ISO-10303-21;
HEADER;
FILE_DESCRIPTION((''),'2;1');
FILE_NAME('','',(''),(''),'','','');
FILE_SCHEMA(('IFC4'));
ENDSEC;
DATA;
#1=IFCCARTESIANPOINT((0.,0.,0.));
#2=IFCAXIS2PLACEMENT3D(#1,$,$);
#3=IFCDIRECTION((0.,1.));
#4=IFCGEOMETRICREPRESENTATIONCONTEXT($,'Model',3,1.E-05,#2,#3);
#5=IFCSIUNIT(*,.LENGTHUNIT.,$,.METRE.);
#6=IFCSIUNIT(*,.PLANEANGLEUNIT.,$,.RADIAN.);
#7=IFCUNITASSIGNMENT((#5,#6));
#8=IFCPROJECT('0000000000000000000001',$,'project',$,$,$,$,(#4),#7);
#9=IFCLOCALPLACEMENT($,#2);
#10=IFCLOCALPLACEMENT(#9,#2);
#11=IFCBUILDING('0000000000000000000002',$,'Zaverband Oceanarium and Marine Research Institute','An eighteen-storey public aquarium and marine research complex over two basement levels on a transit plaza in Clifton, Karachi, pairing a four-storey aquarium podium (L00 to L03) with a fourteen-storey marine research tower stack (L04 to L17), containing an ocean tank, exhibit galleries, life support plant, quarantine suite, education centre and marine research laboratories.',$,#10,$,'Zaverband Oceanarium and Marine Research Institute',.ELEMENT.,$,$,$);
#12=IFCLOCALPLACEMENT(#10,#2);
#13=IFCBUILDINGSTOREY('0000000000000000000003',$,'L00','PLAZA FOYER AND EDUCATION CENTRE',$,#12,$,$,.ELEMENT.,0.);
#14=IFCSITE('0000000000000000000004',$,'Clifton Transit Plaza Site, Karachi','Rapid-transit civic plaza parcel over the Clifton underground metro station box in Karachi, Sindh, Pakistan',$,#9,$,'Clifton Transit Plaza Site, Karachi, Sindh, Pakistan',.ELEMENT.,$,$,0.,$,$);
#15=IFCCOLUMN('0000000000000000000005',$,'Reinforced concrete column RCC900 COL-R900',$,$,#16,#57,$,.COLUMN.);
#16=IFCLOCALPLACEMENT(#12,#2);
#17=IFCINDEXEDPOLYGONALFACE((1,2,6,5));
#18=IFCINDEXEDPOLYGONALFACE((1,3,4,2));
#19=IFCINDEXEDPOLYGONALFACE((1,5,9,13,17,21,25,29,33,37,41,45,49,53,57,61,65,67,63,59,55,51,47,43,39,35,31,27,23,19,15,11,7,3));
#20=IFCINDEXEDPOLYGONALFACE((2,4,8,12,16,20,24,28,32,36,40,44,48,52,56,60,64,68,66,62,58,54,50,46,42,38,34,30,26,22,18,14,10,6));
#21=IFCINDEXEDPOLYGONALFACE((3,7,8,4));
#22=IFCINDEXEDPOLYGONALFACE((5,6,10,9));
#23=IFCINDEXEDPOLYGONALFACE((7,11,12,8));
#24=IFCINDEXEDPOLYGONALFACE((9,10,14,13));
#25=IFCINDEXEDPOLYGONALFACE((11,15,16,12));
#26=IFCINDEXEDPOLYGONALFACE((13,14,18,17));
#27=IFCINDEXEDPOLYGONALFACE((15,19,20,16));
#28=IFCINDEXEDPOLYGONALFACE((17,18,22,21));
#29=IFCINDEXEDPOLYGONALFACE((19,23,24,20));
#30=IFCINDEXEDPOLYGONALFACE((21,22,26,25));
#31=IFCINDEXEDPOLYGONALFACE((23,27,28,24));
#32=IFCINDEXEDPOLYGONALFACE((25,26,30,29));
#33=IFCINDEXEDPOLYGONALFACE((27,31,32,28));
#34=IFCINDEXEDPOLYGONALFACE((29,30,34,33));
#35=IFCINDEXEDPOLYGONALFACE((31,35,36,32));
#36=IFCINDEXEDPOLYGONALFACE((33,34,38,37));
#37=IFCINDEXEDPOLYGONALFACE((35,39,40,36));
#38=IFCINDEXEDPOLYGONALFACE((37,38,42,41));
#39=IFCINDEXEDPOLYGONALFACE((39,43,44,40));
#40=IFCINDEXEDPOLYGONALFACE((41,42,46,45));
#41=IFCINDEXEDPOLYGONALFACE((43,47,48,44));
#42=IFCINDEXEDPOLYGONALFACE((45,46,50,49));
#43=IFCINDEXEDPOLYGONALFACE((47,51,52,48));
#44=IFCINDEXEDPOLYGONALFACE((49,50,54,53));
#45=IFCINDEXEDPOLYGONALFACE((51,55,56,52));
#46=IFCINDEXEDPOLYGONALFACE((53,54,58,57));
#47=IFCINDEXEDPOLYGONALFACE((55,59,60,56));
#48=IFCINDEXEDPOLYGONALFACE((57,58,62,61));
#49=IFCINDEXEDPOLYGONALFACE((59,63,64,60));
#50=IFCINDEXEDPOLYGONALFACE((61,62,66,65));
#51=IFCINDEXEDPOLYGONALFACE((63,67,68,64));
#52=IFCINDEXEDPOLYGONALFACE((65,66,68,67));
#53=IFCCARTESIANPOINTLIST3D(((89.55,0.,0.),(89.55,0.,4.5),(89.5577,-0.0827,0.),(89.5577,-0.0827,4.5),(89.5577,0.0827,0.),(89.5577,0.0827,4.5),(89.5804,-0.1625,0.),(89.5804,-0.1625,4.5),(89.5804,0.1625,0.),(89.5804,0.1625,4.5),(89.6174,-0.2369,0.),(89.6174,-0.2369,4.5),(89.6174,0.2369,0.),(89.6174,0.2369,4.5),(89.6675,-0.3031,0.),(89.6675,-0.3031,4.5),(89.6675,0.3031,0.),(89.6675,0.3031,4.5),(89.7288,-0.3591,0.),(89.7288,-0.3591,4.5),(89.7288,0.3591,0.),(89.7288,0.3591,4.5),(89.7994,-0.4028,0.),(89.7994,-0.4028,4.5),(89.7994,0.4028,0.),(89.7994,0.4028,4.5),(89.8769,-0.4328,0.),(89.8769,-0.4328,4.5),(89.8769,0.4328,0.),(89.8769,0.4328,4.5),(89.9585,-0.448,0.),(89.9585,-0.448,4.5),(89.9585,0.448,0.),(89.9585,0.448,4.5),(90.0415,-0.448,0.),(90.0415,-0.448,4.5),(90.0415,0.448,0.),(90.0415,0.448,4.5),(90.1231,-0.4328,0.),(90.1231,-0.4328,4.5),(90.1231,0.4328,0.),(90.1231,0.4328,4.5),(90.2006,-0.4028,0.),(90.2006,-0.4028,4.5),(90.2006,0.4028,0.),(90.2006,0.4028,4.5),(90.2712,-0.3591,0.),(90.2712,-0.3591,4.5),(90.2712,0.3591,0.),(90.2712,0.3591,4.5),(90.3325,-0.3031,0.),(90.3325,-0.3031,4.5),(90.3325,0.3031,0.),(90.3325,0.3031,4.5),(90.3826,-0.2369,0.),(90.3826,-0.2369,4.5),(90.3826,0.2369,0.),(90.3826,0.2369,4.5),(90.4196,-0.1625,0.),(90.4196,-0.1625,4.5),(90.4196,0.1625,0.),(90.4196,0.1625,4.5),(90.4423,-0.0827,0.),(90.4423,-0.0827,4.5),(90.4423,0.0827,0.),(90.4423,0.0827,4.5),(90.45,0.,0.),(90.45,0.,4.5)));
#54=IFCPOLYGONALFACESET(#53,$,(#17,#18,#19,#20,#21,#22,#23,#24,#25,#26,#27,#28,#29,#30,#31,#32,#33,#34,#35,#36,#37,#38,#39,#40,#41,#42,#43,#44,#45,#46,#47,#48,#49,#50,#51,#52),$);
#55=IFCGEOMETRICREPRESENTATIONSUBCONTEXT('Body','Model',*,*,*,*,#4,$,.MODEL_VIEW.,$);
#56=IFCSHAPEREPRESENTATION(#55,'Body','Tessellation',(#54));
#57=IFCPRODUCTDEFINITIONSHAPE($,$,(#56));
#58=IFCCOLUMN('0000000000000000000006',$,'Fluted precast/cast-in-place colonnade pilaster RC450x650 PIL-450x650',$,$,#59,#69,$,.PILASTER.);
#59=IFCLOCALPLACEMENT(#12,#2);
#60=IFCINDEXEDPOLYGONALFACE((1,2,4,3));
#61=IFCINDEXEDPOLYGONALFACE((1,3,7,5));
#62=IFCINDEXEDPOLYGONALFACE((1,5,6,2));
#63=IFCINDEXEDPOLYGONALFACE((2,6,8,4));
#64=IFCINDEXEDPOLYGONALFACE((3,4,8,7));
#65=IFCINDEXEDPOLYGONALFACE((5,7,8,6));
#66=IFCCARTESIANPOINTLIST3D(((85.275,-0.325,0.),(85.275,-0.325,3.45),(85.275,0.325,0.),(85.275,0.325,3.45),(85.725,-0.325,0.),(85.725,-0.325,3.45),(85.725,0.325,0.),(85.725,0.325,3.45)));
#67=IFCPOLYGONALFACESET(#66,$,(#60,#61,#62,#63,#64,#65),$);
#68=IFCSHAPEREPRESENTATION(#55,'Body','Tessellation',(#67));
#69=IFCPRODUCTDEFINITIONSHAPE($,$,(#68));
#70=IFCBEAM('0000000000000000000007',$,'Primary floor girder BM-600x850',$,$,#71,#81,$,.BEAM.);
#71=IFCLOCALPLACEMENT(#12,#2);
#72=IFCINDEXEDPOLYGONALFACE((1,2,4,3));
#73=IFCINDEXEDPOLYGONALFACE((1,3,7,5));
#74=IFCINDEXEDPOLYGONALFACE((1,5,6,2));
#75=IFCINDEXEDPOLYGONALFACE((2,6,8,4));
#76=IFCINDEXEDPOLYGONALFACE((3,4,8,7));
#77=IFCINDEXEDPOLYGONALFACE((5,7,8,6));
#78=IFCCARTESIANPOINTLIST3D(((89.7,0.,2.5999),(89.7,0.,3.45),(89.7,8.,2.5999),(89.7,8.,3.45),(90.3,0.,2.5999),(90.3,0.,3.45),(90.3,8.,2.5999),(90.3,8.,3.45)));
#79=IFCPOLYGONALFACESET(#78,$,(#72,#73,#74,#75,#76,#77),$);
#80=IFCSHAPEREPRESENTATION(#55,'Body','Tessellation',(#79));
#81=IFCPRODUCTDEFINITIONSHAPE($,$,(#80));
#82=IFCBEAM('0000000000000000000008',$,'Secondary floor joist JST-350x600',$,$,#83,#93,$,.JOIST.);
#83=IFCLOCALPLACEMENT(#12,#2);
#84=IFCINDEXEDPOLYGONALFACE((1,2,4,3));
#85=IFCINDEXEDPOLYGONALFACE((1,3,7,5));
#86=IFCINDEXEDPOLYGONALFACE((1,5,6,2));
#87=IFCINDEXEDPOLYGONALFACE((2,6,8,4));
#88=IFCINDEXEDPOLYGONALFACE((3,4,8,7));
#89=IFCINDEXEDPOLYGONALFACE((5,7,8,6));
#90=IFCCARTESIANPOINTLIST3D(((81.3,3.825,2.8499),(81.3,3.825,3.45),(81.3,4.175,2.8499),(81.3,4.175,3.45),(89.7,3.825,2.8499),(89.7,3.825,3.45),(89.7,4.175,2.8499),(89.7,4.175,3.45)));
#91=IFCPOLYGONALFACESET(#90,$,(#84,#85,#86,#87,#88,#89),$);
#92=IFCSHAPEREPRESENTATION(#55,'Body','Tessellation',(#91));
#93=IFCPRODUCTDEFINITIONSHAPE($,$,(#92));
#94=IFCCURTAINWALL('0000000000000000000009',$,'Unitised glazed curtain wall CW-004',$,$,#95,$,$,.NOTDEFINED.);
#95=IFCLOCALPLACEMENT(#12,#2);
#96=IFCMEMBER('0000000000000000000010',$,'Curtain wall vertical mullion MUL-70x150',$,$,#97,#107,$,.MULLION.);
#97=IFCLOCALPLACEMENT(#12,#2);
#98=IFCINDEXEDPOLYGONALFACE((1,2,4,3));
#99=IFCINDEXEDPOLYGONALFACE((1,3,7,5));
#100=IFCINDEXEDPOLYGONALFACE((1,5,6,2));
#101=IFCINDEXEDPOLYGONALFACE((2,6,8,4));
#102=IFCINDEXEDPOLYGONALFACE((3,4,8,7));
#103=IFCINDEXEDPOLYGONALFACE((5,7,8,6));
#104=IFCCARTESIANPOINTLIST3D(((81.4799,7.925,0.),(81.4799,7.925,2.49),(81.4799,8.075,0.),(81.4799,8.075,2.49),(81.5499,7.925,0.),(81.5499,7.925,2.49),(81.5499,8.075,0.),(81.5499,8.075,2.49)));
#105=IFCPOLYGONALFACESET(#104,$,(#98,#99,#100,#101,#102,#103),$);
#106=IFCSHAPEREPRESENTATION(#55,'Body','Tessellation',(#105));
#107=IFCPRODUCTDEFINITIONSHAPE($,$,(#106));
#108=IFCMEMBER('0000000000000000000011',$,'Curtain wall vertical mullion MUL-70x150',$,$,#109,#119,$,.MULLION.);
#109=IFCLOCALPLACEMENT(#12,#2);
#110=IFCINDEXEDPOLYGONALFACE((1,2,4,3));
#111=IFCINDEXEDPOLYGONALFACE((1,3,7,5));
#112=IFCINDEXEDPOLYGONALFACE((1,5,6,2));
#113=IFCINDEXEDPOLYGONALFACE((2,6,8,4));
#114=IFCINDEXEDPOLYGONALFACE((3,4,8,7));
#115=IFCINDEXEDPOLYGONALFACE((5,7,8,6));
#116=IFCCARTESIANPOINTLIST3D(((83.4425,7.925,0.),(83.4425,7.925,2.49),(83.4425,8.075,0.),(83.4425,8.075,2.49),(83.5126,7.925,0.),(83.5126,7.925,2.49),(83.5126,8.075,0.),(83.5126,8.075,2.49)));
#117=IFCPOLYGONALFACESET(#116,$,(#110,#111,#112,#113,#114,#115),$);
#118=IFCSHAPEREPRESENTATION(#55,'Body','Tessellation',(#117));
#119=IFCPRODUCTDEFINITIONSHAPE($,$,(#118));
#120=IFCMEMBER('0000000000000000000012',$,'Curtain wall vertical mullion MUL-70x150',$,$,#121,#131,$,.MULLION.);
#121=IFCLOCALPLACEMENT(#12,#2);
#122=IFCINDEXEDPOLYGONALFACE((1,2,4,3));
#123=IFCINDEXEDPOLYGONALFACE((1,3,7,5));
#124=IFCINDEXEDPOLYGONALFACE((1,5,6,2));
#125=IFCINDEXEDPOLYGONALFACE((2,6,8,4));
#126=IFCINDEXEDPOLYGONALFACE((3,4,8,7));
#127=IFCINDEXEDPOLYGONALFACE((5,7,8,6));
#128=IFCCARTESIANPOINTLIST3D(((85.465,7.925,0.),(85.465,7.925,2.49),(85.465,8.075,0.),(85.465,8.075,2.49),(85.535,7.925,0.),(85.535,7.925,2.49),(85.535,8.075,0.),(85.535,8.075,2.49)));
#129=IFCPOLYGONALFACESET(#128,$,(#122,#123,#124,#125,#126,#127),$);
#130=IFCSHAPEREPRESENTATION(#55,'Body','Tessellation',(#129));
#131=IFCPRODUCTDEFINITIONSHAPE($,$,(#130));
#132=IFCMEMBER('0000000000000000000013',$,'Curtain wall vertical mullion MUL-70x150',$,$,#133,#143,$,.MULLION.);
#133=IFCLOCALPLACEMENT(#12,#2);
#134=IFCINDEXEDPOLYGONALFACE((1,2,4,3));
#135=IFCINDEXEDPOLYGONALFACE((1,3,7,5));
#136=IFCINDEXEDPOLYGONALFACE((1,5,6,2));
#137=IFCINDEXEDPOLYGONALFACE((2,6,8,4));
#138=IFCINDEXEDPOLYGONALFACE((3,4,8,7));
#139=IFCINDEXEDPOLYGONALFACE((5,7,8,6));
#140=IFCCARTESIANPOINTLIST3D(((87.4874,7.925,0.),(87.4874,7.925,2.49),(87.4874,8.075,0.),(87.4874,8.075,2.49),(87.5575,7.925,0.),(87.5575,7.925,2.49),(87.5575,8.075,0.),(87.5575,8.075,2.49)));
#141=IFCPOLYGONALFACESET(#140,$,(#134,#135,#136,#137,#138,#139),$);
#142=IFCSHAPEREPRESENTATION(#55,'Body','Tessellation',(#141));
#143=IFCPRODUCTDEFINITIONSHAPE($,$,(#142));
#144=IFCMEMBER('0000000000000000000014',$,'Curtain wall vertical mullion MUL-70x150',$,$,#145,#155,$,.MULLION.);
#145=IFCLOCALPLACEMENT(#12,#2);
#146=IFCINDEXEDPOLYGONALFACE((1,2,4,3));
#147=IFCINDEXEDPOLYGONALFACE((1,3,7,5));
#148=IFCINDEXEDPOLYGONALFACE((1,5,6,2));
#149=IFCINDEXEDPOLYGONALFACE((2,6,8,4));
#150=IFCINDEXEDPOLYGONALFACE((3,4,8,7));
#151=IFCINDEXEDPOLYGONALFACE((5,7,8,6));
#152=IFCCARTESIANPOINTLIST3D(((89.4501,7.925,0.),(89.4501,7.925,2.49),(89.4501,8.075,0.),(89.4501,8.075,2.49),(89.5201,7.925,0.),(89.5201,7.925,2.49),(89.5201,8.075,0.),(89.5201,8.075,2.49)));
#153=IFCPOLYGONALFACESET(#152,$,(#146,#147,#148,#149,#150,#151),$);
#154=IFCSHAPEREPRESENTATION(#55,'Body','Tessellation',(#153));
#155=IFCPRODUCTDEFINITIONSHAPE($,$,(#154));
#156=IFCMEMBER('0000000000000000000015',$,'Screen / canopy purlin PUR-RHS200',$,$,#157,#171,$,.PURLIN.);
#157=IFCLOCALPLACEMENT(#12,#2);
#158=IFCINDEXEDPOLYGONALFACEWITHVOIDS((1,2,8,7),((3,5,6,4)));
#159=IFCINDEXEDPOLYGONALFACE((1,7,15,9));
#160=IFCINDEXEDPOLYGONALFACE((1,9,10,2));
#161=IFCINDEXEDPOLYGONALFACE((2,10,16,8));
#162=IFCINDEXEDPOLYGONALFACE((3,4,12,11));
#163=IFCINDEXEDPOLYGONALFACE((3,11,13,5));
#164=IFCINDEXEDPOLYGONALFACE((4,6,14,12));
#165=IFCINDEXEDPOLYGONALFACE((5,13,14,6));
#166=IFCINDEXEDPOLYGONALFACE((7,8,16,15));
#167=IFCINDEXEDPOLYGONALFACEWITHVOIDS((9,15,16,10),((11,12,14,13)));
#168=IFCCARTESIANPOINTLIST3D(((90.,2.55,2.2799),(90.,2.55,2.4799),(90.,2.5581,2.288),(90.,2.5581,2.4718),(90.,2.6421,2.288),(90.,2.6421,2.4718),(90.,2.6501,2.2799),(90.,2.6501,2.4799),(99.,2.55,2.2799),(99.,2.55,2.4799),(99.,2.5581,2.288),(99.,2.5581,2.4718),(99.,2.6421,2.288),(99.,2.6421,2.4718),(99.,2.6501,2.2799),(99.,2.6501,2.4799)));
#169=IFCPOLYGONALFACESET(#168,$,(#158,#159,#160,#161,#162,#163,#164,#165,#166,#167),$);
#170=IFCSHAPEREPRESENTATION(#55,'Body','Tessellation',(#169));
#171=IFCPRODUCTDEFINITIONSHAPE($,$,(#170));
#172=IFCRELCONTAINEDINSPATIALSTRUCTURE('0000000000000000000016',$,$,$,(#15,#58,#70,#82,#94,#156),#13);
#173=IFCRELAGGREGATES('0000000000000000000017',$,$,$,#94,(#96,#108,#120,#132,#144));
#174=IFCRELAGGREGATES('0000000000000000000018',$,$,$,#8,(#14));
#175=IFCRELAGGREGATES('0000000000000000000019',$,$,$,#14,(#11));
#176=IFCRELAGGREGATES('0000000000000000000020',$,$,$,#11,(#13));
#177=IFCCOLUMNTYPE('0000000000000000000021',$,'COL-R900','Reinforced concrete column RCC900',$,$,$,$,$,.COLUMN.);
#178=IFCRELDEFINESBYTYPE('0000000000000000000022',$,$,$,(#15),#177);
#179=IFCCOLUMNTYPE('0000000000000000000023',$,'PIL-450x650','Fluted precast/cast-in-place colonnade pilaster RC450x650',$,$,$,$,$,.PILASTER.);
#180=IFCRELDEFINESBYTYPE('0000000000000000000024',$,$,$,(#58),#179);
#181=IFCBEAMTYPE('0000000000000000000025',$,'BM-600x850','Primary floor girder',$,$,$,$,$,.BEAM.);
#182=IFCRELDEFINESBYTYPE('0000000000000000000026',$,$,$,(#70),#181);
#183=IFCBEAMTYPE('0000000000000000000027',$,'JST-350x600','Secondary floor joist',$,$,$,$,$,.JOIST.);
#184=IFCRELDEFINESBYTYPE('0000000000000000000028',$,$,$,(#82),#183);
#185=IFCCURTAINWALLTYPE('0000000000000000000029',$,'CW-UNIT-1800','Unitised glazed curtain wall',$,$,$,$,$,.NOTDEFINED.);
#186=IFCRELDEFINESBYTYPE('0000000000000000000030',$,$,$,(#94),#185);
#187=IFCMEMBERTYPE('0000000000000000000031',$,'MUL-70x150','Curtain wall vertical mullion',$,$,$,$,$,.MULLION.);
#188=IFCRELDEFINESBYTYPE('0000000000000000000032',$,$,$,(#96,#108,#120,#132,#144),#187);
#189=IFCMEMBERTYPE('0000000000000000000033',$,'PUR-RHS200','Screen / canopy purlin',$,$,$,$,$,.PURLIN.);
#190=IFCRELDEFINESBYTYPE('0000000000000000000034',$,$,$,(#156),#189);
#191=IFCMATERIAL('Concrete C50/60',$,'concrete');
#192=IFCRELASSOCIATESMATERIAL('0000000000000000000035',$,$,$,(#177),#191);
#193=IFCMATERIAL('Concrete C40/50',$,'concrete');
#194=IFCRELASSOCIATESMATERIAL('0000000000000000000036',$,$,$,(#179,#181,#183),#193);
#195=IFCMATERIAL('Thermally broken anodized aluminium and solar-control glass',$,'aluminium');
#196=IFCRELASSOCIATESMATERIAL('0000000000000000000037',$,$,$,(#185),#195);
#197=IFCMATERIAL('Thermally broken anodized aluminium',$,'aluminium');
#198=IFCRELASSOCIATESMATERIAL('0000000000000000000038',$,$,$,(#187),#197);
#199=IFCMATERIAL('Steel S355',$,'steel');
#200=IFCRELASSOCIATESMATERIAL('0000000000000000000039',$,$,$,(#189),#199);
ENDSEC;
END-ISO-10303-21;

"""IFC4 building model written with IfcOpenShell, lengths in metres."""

from ifc_helpers import new_model, si_unit, direction, frame, origin, origin_2d, place, context, subcontext, project, spatial, rectangle, hollow_rectangle, circle, extrude, material, material_profile, profile_set, type_object, element, aggregate, save


model = new_model("IFC4")

# Units and contexts
model_context = context("Model", 3, precision=1e-05, world=origin(), true_north=direction((0.0, 1.0)))
body_context = subcontext(model_context, "Body", "Model", "MODEL_VIEW")
ifc_project = project(units=[si_unit("LENGTHUNIT", "METRE"), si_unit("PLANEANGLEUNIT", "RADIAN")], contexts=[model_context])

# Site, building, storey
site_placement = place(None, origin())
site = spatial("IfcSite", under=ifc_project, at=site_placement, Name="Clifton Transit Plaza Site, Karachi", Description="Rapid-transit civic plaza parcel over the Clifton underground metro station box in Karachi, Sindh, Pakistan", LongName="Clifton Transit Plaza Site, Karachi, Sindh, Pakistan", CompositionType="ELEMENT", RefElevation=0.0)
building_placement = place(site_placement, origin())
building = spatial("IfcBuilding", under=site, at=building_placement, Name="Zaverband Oceanarium and Marine Research Institute", Description="An eighteen-storey public aquarium and marine research complex over two basement levels on a transit plaza in Clifton, Karachi, pairing a four-storey aquarium podium (L00 to L03) with a fourteen-storey marine research tower stack (L04 to L17), containing an ocean tank, exhibit galleries, life support plant, quarantine suite, education centre and marine research laboratories.", LongName="Zaverband Oceanarium and Marine Research Institute", CompositionType="ELEMENT")
storey_placement = place(building_placement, origin())
storey = spatial("IfcBuildingStorey", under=building, at=storey_placement, Name="L00", Description="PLAZA FOYER AND EDUCATION CENTRE", CompositionType="ELEMENT", Elevation=0.0)

# Columns
ifc_material_1 = material(Name="Concrete C50/60", Category="concrete")
ifc_material_profile_1 = material_profile(ifc_material_1, circle(Radius=0.45, at=origin_2d()), Name="RCC900")
ifc_profile_set_1 = profile_set([ifc_material_profile_1], Name="Concrete C50/60")
column_type_1 = type_object("IfcColumnType", Name="COL-R900", Description="Reinforced concrete column RCC900", PredefinedType="COLUMN", material=ifc_profile_set_1)
column_1_placement = place(storey_placement, frame((90.0, 0.0, 0.0), z_axis=(0.0, 0.0, 1.0), x_axis=(1.0, 0.0, 0.0)))
element("IfcColumn", 1, at=column_1_placement, inside=storey, type_object=column_type_1, Name="Reinforced concrete column RCC900 COL-R900", PredefinedType="COLUMN", context=body_context, shape_type="SweptSolid", body=[
    extrude(circle(Radius=0.45, at=origin_2d()), origin(), (0.0, 0.0, 1.0), 4.5),
])
ifc_material_2 = material(Name="Concrete C40/50", Category="concrete")
ifc_material_profile_2 = material_profile(ifc_material_2, rectangle(XDim=0.45, YDim=0.6499, at=origin_2d()), Name="RC450x650")
ifc_profile_set_2 = profile_set([ifc_material_profile_2], Name="Concrete C40/50")
column_type_2 = type_object("IfcColumnType", Name="PIL-450x650", Description="Fluted precast/cast-in-place colonnade pilaster RC450x650", PredefinedType="PILASTER", material=ifc_profile_set_2)
column_2_placement = place(storey_placement, frame((85.5, 0.0, 0.0), z_axis=(0.0, 0.0, 1.0), x_axis=(1.0, 0.0, 0.0)))
element("IfcColumn", 2, at=column_2_placement, inside=storey, type_object=column_type_2, Name="Fluted precast/cast-in-place colonnade pilaster RC450x650 PIL-450x650", PredefinedType="PILASTER", context=body_context, shape_type="SweptSolid", body=[
    extrude(rectangle(XDim=0.45, YDim=0.6499, at=origin_2d()), origin(), (0.0, 0.0, 1.0), 3.45),
])

# Beams
ifc_material_profile_3 = material_profile(ifc_material_2, rectangle(XDim=0.6001, YDim=0.8501, at=origin_2d()), Name="RC600x850")
ifc_profile_set_3 = profile_set([ifc_material_profile_3], Name="Concrete C40/50")
beam_type_1 = type_object("IfcBeamType", Name="BM-600x850", Description="Primary floor girder", PredefinedType="BEAM", material=ifc_profile_set_3)
beam_1_placement = place(storey_placement, frame((90.0, 0.0, 3.0249), z_axis=(0.0, 1.0, 0.0), x_axis=(-1.0, 0.0, 0.0)))
element("IfcBeam", 3, at=beam_1_placement, inside=storey, type_object=beam_type_1, Name="Primary floor girder BM-600x850", PredefinedType="BEAM", context=body_context, shape_type="SweptSolid", body=[
    extrude(rectangle(XDim=0.6001, YDim=0.8501, at=origin_2d()), origin(), (0.0, 0.0, 1.0), 8.0),
])
ifc_material_profile_4 = material_profile(ifc_material_2, rectangle(XDim=0.3501, YDim=0.6001, at=origin_2d()), Name="RC350x600")
ifc_profile_set_4 = profile_set([ifc_material_profile_4], Name="Concrete C40/50")
beam_type_2 = type_object("IfcBeamType", Name="JST-350x600", Description="Secondary floor joist", PredefinedType="JOIST", material=ifc_profile_set_4)
beam_2_placement = place(storey_placement, frame((81.3, 4.0, 3.1499), z_axis=(1.0, 0.0, 0.0), x_axis=(0.0, 1.0, 0.0)))
element("IfcBeam", 4, at=beam_2_placement, inside=storey, type_object=beam_type_2, Name="Secondary floor joist JST-350x600", PredefinedType="JOIST", context=body_context, shape_type="SweptSolid", body=[
    extrude(rectangle(XDim=0.3501, YDim=0.6001, at=origin_2d()), origin(), (0.0, 0.0, 1.0), 8.3999),
])

# Curtain wall, members
ifc_material_3 = material(Name="Thermally broken anodized aluminium and solar-control glass", Category="aluminium")
curtain_wall_type = type_object("IfcCurtainWallType", Name="CW-UNIT-1800", Description="Unitised glazed curtain wall", PredefinedType="NOTDEFINED", material=ifc_material_3)
curtain_wall_placement = place(storey_placement, origin())
curtain_wall = element("IfcCurtainWall", 5, at=curtain_wall_placement, inside=storey, type_object=curtain_wall_type, Name="Unitised glazed curtain wall CW-004", PredefinedType="NOTDEFINED")
ifc_material_4 = material(Name="Thermally broken anodized aluminium", Category="aluminium")
ifc_material_profile_5 = material_profile(ifc_material_4, rectangle(XDim=0.0701, YDim=0.1499, at=origin_2d()), Name="AL-MUL-70x150")
ifc_profile_set_5 = profile_set([ifc_material_profile_5], Name="Thermally broken anodized aluminium")
member_type_1 = type_object("IfcMemberType", Name="MUL-70x150", Description="Curtain wall vertical mullion", PredefinedType="MULLION", material=ifc_profile_set_5)
member_1_placement = place(storey_placement, frame((81.5149, 8.0, 0.0), z_axis=(0.0, 0.0, 1.0), x_axis=(1.0, 0.0, 0.0)))
member_1 = element("IfcMember", 6, at=member_1_placement, type_object=member_type_1, Name="Curtain wall vertical mullion MUL-70x150", PredefinedType="MULLION", context=body_context, shape_type="SweptSolid", body=[
    extrude(rectangle(XDim=0.0701, YDim=0.1499, at=origin_2d()), origin(), (0.0, 0.0, 1.0), 2.49),
])
member_2_placement = place(storey_placement, frame((83.4775, 8.0, 0.0), z_axis=(0.0, 0.0, 1.0), x_axis=(1.0, 0.0, 0.0)))
member_2 = element("IfcMember", 7, at=member_2_placement, type_object=member_type_1, Name="Curtain wall vertical mullion MUL-70x150", PredefinedType="MULLION", context=body_context, shape_type="SweptSolid", body=[
    extrude(rectangle(XDim=0.0701, YDim=0.1499, at=origin_2d()), origin(), (0.0, 0.0, 1.0), 2.49),
])
member_3_placement = place(storey_placement, frame((85.5, 8.0, 0.0), z_axis=(0.0, 0.0, 1.0), x_axis=(1.0, 0.0, 0.0)))
member_3 = element("IfcMember", 8, at=member_3_placement, type_object=member_type_1, Name="Curtain wall vertical mullion MUL-70x150", PredefinedType="MULLION", context=body_context, shape_type="SweptSolid", body=[
    extrude(rectangle(XDim=0.0701, YDim=0.1499, at=origin_2d()), origin(), (0.0, 0.0, 1.0), 2.49),
])
member_4_placement = place(storey_placement, frame((87.5225, 8.0, 0.0), z_axis=(0.0, 0.0, 1.0), x_axis=(1.0, 0.0, 0.0)))
member_4 = element("IfcMember", 9, at=member_4_placement, type_object=member_type_1, Name="Curtain wall vertical mullion MUL-70x150", PredefinedType="MULLION", context=body_context, shape_type="SweptSolid", body=[
    extrude(rectangle(XDim=0.0701, YDim=0.1499, at=origin_2d()), origin(), (0.0, 0.0, 1.0), 2.49),
])
member_5_placement = place(storey_placement, frame((89.4851, 8.0, 0.0), z_axis=(0.0, 0.0, 1.0), x_axis=(1.0, 0.0, 0.0)))
member_5 = element("IfcMember", 10, at=member_5_placement, type_object=member_type_1, Name="Curtain wall vertical mullion MUL-70x150", PredefinedType="MULLION", context=body_context, shape_type="SweptSolid", body=[
    extrude(rectangle(XDim=0.0701, YDim=0.1499, at=origin_2d()), origin(), (0.0, 0.0, 1.0), 2.49),
])

# Member
ifc_material_5 = material(Name="Steel S355", Category="steel")
ifc_material_profile_6 = material_profile(ifc_material_5, hollow_rectangle(XDim=0.1001, YDim=0.2, WallThickness=0.0081, at=origin_2d()), Name="RHS200x100x8")
ifc_profile_set_6 = profile_set([ifc_material_profile_6], Name="Steel S355")
member_type_2 = type_object("IfcMemberType", Name="PUR-RHS200", Description="Screen / canopy purlin", PredefinedType="PURLIN", material=ifc_profile_set_6)
member_6_placement = place(storey_placement, frame((90.0, 2.6001, 2.3799), z_axis=(1.0, 0.0, 0.0), x_axis=(0.0, 1.0, 0.0)))
element("IfcMember", 11, at=member_6_placement, inside=storey, type_object=member_type_2, Name="Screen / canopy purlin PUR-RHS200", PredefinedType="PURLIN", context=body_context, shape_type="SweptSolid", body=[
    extrude(hollow_rectangle(XDim=0.1001, YDim=0.2, WallThickness=0.0081, at=origin_2d()), origin(), (0.0, 0.0, 1.0), 9.0),
])

aggregate(curtain_wall, [member_1, member_2, member_3, member_4, member_5])

save(model, "model.ifc")
